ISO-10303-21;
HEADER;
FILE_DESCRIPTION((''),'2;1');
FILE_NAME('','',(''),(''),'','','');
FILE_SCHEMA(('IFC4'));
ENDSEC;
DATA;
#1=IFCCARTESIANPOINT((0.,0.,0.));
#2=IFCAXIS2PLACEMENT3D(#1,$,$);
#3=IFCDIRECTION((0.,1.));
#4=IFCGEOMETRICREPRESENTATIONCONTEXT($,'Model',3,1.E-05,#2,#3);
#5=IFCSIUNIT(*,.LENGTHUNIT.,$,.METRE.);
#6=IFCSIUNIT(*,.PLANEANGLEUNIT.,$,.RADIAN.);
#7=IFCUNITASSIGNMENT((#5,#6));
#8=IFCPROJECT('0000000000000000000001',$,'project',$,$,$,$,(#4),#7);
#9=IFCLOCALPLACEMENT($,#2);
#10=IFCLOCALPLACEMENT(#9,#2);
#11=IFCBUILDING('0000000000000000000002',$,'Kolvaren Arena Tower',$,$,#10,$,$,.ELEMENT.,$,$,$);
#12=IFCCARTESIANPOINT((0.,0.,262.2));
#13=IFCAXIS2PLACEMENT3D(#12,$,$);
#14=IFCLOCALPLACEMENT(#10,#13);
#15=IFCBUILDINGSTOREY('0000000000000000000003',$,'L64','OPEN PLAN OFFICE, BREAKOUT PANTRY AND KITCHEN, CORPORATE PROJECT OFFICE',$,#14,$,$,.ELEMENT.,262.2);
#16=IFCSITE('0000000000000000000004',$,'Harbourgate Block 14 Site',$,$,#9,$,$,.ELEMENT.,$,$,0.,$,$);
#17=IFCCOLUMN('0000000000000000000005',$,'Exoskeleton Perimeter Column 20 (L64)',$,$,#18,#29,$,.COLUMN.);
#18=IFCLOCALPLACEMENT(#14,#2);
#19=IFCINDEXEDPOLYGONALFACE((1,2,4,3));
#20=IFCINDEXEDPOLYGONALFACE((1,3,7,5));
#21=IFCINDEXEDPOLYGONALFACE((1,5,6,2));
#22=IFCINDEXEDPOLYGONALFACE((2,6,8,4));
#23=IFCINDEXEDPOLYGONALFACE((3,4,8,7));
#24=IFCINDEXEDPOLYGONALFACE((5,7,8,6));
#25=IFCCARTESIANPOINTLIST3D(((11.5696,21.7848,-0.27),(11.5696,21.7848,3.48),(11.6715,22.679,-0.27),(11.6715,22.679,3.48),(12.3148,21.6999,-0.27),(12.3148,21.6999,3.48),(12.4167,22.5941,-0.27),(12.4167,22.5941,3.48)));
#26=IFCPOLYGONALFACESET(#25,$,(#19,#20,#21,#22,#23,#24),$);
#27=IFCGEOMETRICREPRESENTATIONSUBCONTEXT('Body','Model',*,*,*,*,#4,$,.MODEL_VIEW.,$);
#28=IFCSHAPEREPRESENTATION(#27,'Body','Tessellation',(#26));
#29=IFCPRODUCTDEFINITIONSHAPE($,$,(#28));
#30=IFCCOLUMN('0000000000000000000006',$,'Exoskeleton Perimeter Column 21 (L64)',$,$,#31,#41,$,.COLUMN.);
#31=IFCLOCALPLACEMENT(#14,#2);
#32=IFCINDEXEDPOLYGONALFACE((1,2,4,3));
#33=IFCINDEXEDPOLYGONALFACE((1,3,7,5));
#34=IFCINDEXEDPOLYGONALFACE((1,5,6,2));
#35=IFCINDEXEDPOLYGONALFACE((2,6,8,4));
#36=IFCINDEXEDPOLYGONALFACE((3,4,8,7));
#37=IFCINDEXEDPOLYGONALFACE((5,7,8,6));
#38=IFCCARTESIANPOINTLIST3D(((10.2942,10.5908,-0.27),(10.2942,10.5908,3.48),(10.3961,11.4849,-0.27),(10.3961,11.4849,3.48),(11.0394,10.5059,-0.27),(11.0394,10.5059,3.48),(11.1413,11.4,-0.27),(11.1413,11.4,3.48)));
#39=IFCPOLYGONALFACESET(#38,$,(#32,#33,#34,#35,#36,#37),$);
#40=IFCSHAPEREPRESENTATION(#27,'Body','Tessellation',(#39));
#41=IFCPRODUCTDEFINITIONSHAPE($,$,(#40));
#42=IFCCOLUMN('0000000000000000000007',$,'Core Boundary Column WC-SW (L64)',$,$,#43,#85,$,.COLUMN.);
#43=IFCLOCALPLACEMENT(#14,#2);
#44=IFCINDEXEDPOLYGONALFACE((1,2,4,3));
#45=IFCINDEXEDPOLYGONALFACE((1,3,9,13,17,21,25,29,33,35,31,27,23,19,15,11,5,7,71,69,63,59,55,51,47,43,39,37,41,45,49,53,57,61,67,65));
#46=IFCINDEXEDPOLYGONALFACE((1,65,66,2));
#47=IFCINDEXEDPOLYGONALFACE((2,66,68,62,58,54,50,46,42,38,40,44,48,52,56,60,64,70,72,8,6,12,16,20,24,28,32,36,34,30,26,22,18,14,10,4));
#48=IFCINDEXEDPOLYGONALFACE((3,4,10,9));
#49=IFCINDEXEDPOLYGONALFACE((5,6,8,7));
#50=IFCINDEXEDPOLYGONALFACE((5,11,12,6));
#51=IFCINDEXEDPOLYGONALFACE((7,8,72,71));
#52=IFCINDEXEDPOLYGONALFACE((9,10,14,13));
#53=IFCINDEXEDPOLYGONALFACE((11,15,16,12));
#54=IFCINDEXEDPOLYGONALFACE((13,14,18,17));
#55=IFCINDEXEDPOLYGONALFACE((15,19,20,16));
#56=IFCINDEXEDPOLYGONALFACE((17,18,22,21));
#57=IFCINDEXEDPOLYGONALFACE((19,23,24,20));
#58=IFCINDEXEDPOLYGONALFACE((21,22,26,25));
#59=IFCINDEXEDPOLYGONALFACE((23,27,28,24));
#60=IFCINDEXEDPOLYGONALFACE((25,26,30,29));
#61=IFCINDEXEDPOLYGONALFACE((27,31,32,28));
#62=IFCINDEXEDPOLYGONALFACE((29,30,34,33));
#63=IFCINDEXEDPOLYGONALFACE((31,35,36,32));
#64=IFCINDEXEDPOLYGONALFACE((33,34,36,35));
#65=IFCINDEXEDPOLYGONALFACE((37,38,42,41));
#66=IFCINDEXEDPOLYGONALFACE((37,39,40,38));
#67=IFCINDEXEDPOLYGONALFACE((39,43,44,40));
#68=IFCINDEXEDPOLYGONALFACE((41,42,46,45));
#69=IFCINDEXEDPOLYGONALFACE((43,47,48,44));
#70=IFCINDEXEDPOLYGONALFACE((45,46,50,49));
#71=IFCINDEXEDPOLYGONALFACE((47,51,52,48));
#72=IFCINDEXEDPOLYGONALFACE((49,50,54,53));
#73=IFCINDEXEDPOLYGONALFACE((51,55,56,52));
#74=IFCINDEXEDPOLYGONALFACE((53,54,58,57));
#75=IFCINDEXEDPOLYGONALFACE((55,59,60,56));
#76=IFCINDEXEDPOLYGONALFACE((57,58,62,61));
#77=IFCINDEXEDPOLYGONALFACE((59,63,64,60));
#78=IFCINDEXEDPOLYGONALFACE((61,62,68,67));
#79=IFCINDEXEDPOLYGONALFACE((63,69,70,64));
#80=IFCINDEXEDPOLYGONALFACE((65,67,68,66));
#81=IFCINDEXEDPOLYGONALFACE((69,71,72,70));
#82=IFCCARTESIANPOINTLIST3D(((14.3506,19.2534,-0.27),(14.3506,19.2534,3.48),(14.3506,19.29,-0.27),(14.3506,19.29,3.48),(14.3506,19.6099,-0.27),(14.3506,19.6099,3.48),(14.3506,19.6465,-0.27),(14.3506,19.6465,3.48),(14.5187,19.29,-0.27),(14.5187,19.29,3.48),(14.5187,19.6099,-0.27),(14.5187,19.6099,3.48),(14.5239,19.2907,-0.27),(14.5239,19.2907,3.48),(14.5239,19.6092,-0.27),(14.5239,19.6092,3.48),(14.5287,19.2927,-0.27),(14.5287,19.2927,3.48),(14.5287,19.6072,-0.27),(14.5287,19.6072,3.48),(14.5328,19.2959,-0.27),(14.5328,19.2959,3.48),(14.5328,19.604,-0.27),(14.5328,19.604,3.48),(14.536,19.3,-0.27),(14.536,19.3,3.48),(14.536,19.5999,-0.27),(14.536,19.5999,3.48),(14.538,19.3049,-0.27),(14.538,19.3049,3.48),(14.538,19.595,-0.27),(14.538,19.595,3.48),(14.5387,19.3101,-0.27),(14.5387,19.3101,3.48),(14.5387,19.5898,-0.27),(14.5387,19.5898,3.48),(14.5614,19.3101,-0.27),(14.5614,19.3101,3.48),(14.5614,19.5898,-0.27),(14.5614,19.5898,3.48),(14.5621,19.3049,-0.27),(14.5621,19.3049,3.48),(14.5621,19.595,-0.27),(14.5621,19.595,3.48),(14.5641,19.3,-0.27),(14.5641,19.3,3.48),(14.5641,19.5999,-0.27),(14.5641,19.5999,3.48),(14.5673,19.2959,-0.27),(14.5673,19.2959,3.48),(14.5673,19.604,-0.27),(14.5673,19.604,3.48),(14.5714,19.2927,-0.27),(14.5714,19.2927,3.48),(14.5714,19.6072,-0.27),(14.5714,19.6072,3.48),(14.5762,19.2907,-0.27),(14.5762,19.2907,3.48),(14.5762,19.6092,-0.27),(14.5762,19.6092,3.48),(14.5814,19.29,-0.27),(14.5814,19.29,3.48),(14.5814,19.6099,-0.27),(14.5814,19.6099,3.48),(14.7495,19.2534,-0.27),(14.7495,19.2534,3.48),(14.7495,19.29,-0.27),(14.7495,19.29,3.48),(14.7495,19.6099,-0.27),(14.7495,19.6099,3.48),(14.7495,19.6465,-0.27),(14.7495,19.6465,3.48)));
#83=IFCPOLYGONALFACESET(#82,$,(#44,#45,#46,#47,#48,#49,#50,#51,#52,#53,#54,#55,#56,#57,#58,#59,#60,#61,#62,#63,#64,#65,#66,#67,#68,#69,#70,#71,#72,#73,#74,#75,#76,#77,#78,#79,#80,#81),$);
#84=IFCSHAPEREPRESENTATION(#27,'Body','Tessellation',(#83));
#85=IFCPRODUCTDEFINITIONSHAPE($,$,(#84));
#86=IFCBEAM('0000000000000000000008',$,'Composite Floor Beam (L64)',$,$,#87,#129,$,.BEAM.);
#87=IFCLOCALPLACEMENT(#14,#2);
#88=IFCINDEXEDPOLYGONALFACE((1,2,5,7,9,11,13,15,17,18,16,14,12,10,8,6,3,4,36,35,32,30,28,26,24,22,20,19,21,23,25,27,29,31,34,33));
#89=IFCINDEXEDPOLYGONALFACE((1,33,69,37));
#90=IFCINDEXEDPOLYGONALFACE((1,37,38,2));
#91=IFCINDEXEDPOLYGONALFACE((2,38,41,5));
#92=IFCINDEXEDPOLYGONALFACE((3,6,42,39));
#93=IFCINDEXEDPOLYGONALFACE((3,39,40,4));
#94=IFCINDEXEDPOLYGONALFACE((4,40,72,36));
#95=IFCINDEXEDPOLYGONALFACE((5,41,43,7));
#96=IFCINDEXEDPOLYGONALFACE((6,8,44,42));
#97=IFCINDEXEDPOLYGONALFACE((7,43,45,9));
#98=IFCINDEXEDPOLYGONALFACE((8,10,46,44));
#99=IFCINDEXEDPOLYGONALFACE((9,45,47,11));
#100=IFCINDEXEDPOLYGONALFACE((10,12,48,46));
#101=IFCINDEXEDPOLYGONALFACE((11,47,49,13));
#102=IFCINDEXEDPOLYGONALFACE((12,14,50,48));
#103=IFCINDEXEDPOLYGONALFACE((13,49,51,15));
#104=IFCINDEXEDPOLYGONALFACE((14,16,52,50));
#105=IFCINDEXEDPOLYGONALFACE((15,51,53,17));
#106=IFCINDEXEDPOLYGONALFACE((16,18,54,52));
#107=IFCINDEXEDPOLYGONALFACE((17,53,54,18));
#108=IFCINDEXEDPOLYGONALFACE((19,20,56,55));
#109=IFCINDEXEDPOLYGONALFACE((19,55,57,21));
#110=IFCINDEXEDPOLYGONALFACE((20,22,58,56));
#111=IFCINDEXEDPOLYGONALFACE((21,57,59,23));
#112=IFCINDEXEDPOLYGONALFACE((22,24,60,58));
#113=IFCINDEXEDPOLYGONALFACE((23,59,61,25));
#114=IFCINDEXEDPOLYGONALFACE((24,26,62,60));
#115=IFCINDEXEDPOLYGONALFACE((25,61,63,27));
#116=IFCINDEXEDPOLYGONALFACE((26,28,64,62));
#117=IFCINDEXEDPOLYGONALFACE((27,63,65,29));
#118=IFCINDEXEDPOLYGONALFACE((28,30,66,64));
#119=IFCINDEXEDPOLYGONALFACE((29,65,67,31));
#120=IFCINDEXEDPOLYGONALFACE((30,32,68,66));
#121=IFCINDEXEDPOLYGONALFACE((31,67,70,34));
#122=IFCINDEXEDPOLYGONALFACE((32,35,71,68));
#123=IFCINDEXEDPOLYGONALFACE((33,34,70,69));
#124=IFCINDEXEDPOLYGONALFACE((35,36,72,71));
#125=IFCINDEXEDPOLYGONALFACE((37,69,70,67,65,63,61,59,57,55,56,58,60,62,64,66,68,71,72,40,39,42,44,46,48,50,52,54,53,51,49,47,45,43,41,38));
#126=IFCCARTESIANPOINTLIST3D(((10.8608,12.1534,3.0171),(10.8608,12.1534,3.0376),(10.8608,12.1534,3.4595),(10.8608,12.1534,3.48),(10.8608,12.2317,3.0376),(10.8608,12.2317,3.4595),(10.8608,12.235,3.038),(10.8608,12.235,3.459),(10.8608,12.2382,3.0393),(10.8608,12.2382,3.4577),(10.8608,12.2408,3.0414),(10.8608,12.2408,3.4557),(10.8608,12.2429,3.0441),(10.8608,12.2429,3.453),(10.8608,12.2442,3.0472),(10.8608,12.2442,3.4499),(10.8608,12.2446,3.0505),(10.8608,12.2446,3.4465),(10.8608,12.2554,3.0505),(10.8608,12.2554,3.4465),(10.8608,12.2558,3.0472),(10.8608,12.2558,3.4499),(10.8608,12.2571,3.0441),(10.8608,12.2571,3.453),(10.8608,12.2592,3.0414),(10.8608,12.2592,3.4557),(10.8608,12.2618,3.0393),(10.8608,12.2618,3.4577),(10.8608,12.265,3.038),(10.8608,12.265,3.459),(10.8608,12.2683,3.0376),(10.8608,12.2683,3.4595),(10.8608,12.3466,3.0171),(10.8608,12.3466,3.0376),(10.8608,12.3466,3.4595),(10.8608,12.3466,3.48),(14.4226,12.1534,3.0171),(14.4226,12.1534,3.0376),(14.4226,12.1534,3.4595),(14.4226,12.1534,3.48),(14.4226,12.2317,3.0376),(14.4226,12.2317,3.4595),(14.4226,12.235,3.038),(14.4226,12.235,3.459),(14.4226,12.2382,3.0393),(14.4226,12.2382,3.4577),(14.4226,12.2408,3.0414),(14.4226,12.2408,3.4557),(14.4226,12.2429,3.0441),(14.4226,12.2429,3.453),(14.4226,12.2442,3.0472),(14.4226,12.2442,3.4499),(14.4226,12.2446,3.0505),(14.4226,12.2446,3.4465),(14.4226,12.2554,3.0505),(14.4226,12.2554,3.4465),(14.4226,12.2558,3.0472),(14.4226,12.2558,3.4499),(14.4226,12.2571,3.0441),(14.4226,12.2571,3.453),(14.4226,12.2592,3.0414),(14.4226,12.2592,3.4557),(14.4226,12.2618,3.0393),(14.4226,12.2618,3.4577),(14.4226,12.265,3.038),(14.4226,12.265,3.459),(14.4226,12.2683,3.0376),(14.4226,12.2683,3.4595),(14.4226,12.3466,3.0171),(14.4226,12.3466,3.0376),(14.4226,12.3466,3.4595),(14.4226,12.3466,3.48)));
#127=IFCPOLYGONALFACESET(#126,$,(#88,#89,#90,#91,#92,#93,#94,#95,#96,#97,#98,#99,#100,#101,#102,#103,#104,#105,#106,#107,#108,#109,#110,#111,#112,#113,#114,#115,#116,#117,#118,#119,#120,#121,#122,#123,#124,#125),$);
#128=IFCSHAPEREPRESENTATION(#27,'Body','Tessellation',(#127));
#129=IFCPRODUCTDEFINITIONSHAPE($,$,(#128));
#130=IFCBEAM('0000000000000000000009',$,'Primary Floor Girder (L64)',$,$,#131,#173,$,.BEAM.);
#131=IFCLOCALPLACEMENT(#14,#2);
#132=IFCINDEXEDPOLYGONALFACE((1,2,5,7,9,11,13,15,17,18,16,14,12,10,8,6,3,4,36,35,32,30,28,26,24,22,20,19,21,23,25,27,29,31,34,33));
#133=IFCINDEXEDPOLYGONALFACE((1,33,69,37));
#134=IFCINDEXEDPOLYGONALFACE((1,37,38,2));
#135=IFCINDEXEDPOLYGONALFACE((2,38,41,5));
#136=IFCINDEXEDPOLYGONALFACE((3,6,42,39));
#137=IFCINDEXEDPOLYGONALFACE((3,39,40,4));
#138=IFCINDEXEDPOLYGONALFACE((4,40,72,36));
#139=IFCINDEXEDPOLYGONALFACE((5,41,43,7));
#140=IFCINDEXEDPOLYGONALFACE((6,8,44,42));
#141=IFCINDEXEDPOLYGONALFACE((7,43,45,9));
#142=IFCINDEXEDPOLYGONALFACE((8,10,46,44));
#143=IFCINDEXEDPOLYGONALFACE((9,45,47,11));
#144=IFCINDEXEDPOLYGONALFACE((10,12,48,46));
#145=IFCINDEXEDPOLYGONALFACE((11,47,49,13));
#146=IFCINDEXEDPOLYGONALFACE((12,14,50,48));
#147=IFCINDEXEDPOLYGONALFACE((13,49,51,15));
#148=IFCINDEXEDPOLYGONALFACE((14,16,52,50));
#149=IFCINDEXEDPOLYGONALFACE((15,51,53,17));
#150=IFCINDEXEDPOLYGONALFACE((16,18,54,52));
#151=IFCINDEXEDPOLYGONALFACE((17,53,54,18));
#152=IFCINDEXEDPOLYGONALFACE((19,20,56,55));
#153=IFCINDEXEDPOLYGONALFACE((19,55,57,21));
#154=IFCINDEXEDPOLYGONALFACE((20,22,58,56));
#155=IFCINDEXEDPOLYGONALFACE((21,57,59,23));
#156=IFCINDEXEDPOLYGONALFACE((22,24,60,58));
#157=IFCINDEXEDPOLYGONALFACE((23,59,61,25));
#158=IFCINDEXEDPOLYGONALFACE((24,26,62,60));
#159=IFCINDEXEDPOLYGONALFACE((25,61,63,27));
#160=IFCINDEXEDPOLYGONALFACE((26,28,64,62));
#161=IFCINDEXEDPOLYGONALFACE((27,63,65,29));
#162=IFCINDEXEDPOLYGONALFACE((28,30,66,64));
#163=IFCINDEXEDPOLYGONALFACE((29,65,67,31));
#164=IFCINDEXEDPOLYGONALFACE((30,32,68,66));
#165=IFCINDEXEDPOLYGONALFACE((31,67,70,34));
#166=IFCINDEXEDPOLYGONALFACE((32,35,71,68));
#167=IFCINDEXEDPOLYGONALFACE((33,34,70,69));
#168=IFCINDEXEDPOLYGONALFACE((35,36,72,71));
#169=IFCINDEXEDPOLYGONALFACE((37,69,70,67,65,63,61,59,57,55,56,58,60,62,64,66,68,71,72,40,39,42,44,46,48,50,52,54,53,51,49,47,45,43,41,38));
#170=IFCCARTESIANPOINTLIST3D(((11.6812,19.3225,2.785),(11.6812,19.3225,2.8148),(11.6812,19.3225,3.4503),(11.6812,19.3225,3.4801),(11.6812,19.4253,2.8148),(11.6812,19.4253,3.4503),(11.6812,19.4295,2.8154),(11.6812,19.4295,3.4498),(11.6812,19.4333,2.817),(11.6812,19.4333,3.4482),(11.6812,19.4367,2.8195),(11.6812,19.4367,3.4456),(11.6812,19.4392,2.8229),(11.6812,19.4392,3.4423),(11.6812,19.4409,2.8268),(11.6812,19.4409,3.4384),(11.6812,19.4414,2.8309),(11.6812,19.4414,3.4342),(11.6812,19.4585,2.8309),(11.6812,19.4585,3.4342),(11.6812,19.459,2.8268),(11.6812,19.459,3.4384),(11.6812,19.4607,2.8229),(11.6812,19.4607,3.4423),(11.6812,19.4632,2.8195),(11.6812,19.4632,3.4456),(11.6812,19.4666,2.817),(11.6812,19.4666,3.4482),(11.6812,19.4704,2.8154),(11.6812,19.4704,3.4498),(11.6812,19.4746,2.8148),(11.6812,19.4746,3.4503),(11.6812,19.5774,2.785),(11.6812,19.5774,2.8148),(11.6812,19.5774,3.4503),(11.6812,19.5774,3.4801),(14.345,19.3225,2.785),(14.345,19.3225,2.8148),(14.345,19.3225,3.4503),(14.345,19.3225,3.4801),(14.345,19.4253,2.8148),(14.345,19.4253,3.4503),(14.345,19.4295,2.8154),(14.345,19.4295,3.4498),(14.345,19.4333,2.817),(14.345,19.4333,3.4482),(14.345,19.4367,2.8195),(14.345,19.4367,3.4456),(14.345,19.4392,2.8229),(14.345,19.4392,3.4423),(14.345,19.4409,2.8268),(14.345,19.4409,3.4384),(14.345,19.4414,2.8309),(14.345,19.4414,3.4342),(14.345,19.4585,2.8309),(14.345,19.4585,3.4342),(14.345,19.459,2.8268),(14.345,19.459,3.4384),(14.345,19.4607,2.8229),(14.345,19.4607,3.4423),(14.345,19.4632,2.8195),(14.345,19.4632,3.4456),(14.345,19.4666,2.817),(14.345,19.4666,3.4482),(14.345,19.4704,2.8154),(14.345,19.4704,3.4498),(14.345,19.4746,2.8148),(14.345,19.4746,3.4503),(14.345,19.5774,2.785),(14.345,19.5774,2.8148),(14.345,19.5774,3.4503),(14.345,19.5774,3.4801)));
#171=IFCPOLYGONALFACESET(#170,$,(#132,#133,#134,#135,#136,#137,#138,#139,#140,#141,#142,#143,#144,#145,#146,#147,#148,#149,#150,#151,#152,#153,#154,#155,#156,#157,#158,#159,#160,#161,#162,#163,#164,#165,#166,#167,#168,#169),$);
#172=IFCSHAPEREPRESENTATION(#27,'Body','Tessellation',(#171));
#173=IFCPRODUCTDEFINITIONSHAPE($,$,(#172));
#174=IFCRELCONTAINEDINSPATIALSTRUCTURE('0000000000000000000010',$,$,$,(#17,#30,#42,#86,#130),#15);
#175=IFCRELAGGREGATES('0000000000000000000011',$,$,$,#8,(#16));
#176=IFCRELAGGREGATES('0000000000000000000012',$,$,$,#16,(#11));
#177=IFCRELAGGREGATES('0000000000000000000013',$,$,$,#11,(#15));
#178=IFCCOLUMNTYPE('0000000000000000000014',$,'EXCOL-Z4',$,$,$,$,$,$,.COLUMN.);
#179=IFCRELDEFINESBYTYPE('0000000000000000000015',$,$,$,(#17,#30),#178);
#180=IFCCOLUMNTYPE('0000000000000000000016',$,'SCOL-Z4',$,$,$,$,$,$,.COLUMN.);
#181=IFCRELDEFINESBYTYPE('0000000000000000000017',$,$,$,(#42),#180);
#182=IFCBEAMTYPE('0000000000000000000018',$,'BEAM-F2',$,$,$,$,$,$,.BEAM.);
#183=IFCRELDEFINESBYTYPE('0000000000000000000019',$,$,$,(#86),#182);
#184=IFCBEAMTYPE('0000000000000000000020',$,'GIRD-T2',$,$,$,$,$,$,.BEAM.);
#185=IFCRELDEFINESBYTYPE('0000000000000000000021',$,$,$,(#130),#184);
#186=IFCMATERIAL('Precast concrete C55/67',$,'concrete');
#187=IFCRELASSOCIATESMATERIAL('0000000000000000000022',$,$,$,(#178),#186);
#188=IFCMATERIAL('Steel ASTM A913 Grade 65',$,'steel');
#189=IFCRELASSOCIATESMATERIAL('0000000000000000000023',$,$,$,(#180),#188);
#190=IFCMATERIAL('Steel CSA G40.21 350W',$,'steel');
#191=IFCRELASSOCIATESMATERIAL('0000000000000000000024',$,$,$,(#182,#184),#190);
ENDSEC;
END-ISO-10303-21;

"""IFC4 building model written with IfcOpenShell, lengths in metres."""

from ifc_helpers import new_model, si_unit, direction, frame, origin, origin_2d, place, context, subcontext, project, spatial, rectangle, i_section, extrude, material, material_profile, profile_set, type_object, element, save


model = new_model("IFC4")

# Units and contexts
model_context = context("Model", 3, precision=1e-05, world=origin(), true_north=direction((0.0, 1.0)))
body_context = subcontext(model_context, "Body", "Model", "MODEL_VIEW")
ifc_project = project(units=[si_unit("LENGTHUNIT", "METRE"), si_unit("PLANEANGLEUNIT", "RADIAN")], contexts=[model_context])

# Site, building, storey
site_placement = place(None, origin())
site = spatial("IfcSite", under=ifc_project, at=site_placement, Name="Harbourgate Block 14 Site", CompositionType="ELEMENT", RefElevation=0.0)
building_placement = place(site_placement, origin())
building = spatial("IfcBuilding", under=site, at=building_placement, Name="Kolvaren Arena Tower", CompositionType="ELEMENT")
storey_placement = place(building_placement, frame((0.0, 0.0, 262.2)))
storey = spatial("IfcBuildingStorey", under=building, at=storey_placement, Name="L64", Description="OPEN PLAN OFFICE, BREAKOUT PANTRY AND KITCHEN, CORPORATE PROJECT OFFICE", CompositionType="ELEMENT", Elevation=262.2)

# Columns
ifc_material_1 = material(Name="Precast concrete C55/67", Category="concrete")
ifc_material_profile_1 = material_profile(ifc_material_1, rectangle(XDim=0.8999, YDim=0.75, at=origin_2d()), Name="RC-900x750")
ifc_profile_set_1 = profile_set([ifc_material_profile_1], Name="Precast concrete C55/67")
column_type_1 = type_object("IfcColumnType", Name="EXCOL-Z4", PredefinedType="COLUMN", material=ifc_profile_set_1)
for number, where, z_axis, x_axis, name in (
    (1, (11.9932, 22.1895, -0.27), (0.0, 0.0, 1.0), (0.113203, 0.993572, 0.0), "Exoskeleton Perimeter Column 20 (L64)"),
    (2, (10.7178, 10.9954, -0.27), (0.0, 0.0, 1.0), (0.113203, 0.993572, 0.0), "Exoskeleton Perimeter Column 21 (L64)"),
):
    element("IfcColumn", number, at=place(storey_placement, frame(where, z_axis=z_axis, x_axis=x_axis)), inside=storey, type_object=column_type_1, Name=name, PredefinedType="COLUMN", context=body_context, shape_type="SweptSolid", body=[
        extrude(rectangle(XDim=0.8999, YDim=0.75, at=origin_2d()), origin(), (0.0, 0.0, 1.0), 3.75),
    ])
ifc_material_2 = material(Name="Steel ASTM A913 Grade 65", Category="steel")
ifc_material_profile_2 = material_profile(ifc_material_2, i_section(OverallWidth=0.3989, OverallDepth=0.3931, WebThickness=0.0227, FlangeThickness=0.0366, FilletRadius=0.02, at=origin_2d()), Name="W360x287")
ifc_profile_set_2 = profile_set([ifc_material_profile_2], Name="Steel ASTM A913 Grade 65")
column_type_2 = type_object("IfcColumnType", Name="SCOL-Z4", PredefinedType="COLUMN", material=ifc_profile_set_2)
column_placement = place(storey_placement, frame((14.55, 19.45, -0.27), z_axis=(0.0, 0.0, 1.0), x_axis=(1.0, 0.0, 0.0)))
element("IfcColumn", 3, at=column_placement, inside=storey, type_object=column_type_2, Name="Core Boundary Column WC-SW (L64)", PredefinedType="COLUMN", context=body_context, shape_type="SweptSolid", body=[
    extrude(i_section(OverallWidth=0.3989, OverallDepth=0.3931, WebThickness=0.0227, FlangeThickness=0.0366, FilletRadius=0.02, at=origin_2d()), origin(), (0.0, 0.0, 1.0), 3.75),
])

# Beams
ifc_material_3 = material(Name="Steel CSA G40.21 350W", Category="steel")
ifc_material_profile_3 = material_profile(ifc_material_3, i_section(OverallWidth=0.1931, OverallDepth=0.4629, WebThickness=0.0107, FlangeThickness=0.0205, FilletRadius=0.0129, at=origin_2d()), Name="W460x113")
ifc_profile_set_3 = profile_set([ifc_material_profile_3], Name="Steel CSA G40.21 350W")
beam_type_1 = type_object("IfcBeamType", Name="BEAM-F2", PredefinedType="BEAM", material=ifc_profile_set_3)
beam_1_placement = place(storey_placement, frame((10.8608, 12.25, 3.2485), z_axis=(1.0, 0.0, 0.0), x_axis=(0.0, 1.0, 0.0)))
element("IfcBeam", 4, at=beam_1_placement, inside=storey, type_object=beam_type_1, Name="Composite Floor Beam (L64)", PredefinedType="BEAM", context=body_context, shape_type="SweptSolid", body=[
    extrude(i_section(OverallWidth=0.1931, OverallDepth=0.4629, WebThickness=0.0107, FlangeThickness=0.0205, FilletRadius=0.0129, at=origin_2d()), origin(), (0.0, 0.0, 1.0), 3.5618),
])
ifc_material_profile_4 = material_profile(ifc_material_3, i_section(OverallWidth=0.2549, OverallDepth=0.6951, WebThickness=0.0171, FlangeThickness=0.0298, FilletRadius=0.0161, at=origin_2d()), Name="W690x217")
ifc_profile_set_4 = profile_set([ifc_material_profile_4], Name="Steel CSA G40.21 350W")
beam_type_2 = type_object("IfcBeamType", Name="GIRD-T2", PredefinedType="BEAM", material=ifc_profile_set_4)
beam_2_placement = place(storey_placement, frame((11.6812, 19.45, 3.1326), z_axis=(1.0, 0.0, 0.0), x_axis=(0.0, 1.0, 0.0)))
element("IfcBeam", 5, at=beam_2_placement, inside=storey, type_object=beam_type_2, Name="Primary Floor Girder (L64)", PredefinedType="BEAM", context=body_context, shape_type="SweptSolid", body=[
    extrude(i_section(OverallWidth=0.2549, OverallDepth=0.6951, WebThickness=0.0171, FlangeThickness=0.0298, FilletRadius=0.0161, at=origin_2d()), origin(), (0.0, 0.0, 1.0), 2.6638),
])

save(model, "model.ifc")
